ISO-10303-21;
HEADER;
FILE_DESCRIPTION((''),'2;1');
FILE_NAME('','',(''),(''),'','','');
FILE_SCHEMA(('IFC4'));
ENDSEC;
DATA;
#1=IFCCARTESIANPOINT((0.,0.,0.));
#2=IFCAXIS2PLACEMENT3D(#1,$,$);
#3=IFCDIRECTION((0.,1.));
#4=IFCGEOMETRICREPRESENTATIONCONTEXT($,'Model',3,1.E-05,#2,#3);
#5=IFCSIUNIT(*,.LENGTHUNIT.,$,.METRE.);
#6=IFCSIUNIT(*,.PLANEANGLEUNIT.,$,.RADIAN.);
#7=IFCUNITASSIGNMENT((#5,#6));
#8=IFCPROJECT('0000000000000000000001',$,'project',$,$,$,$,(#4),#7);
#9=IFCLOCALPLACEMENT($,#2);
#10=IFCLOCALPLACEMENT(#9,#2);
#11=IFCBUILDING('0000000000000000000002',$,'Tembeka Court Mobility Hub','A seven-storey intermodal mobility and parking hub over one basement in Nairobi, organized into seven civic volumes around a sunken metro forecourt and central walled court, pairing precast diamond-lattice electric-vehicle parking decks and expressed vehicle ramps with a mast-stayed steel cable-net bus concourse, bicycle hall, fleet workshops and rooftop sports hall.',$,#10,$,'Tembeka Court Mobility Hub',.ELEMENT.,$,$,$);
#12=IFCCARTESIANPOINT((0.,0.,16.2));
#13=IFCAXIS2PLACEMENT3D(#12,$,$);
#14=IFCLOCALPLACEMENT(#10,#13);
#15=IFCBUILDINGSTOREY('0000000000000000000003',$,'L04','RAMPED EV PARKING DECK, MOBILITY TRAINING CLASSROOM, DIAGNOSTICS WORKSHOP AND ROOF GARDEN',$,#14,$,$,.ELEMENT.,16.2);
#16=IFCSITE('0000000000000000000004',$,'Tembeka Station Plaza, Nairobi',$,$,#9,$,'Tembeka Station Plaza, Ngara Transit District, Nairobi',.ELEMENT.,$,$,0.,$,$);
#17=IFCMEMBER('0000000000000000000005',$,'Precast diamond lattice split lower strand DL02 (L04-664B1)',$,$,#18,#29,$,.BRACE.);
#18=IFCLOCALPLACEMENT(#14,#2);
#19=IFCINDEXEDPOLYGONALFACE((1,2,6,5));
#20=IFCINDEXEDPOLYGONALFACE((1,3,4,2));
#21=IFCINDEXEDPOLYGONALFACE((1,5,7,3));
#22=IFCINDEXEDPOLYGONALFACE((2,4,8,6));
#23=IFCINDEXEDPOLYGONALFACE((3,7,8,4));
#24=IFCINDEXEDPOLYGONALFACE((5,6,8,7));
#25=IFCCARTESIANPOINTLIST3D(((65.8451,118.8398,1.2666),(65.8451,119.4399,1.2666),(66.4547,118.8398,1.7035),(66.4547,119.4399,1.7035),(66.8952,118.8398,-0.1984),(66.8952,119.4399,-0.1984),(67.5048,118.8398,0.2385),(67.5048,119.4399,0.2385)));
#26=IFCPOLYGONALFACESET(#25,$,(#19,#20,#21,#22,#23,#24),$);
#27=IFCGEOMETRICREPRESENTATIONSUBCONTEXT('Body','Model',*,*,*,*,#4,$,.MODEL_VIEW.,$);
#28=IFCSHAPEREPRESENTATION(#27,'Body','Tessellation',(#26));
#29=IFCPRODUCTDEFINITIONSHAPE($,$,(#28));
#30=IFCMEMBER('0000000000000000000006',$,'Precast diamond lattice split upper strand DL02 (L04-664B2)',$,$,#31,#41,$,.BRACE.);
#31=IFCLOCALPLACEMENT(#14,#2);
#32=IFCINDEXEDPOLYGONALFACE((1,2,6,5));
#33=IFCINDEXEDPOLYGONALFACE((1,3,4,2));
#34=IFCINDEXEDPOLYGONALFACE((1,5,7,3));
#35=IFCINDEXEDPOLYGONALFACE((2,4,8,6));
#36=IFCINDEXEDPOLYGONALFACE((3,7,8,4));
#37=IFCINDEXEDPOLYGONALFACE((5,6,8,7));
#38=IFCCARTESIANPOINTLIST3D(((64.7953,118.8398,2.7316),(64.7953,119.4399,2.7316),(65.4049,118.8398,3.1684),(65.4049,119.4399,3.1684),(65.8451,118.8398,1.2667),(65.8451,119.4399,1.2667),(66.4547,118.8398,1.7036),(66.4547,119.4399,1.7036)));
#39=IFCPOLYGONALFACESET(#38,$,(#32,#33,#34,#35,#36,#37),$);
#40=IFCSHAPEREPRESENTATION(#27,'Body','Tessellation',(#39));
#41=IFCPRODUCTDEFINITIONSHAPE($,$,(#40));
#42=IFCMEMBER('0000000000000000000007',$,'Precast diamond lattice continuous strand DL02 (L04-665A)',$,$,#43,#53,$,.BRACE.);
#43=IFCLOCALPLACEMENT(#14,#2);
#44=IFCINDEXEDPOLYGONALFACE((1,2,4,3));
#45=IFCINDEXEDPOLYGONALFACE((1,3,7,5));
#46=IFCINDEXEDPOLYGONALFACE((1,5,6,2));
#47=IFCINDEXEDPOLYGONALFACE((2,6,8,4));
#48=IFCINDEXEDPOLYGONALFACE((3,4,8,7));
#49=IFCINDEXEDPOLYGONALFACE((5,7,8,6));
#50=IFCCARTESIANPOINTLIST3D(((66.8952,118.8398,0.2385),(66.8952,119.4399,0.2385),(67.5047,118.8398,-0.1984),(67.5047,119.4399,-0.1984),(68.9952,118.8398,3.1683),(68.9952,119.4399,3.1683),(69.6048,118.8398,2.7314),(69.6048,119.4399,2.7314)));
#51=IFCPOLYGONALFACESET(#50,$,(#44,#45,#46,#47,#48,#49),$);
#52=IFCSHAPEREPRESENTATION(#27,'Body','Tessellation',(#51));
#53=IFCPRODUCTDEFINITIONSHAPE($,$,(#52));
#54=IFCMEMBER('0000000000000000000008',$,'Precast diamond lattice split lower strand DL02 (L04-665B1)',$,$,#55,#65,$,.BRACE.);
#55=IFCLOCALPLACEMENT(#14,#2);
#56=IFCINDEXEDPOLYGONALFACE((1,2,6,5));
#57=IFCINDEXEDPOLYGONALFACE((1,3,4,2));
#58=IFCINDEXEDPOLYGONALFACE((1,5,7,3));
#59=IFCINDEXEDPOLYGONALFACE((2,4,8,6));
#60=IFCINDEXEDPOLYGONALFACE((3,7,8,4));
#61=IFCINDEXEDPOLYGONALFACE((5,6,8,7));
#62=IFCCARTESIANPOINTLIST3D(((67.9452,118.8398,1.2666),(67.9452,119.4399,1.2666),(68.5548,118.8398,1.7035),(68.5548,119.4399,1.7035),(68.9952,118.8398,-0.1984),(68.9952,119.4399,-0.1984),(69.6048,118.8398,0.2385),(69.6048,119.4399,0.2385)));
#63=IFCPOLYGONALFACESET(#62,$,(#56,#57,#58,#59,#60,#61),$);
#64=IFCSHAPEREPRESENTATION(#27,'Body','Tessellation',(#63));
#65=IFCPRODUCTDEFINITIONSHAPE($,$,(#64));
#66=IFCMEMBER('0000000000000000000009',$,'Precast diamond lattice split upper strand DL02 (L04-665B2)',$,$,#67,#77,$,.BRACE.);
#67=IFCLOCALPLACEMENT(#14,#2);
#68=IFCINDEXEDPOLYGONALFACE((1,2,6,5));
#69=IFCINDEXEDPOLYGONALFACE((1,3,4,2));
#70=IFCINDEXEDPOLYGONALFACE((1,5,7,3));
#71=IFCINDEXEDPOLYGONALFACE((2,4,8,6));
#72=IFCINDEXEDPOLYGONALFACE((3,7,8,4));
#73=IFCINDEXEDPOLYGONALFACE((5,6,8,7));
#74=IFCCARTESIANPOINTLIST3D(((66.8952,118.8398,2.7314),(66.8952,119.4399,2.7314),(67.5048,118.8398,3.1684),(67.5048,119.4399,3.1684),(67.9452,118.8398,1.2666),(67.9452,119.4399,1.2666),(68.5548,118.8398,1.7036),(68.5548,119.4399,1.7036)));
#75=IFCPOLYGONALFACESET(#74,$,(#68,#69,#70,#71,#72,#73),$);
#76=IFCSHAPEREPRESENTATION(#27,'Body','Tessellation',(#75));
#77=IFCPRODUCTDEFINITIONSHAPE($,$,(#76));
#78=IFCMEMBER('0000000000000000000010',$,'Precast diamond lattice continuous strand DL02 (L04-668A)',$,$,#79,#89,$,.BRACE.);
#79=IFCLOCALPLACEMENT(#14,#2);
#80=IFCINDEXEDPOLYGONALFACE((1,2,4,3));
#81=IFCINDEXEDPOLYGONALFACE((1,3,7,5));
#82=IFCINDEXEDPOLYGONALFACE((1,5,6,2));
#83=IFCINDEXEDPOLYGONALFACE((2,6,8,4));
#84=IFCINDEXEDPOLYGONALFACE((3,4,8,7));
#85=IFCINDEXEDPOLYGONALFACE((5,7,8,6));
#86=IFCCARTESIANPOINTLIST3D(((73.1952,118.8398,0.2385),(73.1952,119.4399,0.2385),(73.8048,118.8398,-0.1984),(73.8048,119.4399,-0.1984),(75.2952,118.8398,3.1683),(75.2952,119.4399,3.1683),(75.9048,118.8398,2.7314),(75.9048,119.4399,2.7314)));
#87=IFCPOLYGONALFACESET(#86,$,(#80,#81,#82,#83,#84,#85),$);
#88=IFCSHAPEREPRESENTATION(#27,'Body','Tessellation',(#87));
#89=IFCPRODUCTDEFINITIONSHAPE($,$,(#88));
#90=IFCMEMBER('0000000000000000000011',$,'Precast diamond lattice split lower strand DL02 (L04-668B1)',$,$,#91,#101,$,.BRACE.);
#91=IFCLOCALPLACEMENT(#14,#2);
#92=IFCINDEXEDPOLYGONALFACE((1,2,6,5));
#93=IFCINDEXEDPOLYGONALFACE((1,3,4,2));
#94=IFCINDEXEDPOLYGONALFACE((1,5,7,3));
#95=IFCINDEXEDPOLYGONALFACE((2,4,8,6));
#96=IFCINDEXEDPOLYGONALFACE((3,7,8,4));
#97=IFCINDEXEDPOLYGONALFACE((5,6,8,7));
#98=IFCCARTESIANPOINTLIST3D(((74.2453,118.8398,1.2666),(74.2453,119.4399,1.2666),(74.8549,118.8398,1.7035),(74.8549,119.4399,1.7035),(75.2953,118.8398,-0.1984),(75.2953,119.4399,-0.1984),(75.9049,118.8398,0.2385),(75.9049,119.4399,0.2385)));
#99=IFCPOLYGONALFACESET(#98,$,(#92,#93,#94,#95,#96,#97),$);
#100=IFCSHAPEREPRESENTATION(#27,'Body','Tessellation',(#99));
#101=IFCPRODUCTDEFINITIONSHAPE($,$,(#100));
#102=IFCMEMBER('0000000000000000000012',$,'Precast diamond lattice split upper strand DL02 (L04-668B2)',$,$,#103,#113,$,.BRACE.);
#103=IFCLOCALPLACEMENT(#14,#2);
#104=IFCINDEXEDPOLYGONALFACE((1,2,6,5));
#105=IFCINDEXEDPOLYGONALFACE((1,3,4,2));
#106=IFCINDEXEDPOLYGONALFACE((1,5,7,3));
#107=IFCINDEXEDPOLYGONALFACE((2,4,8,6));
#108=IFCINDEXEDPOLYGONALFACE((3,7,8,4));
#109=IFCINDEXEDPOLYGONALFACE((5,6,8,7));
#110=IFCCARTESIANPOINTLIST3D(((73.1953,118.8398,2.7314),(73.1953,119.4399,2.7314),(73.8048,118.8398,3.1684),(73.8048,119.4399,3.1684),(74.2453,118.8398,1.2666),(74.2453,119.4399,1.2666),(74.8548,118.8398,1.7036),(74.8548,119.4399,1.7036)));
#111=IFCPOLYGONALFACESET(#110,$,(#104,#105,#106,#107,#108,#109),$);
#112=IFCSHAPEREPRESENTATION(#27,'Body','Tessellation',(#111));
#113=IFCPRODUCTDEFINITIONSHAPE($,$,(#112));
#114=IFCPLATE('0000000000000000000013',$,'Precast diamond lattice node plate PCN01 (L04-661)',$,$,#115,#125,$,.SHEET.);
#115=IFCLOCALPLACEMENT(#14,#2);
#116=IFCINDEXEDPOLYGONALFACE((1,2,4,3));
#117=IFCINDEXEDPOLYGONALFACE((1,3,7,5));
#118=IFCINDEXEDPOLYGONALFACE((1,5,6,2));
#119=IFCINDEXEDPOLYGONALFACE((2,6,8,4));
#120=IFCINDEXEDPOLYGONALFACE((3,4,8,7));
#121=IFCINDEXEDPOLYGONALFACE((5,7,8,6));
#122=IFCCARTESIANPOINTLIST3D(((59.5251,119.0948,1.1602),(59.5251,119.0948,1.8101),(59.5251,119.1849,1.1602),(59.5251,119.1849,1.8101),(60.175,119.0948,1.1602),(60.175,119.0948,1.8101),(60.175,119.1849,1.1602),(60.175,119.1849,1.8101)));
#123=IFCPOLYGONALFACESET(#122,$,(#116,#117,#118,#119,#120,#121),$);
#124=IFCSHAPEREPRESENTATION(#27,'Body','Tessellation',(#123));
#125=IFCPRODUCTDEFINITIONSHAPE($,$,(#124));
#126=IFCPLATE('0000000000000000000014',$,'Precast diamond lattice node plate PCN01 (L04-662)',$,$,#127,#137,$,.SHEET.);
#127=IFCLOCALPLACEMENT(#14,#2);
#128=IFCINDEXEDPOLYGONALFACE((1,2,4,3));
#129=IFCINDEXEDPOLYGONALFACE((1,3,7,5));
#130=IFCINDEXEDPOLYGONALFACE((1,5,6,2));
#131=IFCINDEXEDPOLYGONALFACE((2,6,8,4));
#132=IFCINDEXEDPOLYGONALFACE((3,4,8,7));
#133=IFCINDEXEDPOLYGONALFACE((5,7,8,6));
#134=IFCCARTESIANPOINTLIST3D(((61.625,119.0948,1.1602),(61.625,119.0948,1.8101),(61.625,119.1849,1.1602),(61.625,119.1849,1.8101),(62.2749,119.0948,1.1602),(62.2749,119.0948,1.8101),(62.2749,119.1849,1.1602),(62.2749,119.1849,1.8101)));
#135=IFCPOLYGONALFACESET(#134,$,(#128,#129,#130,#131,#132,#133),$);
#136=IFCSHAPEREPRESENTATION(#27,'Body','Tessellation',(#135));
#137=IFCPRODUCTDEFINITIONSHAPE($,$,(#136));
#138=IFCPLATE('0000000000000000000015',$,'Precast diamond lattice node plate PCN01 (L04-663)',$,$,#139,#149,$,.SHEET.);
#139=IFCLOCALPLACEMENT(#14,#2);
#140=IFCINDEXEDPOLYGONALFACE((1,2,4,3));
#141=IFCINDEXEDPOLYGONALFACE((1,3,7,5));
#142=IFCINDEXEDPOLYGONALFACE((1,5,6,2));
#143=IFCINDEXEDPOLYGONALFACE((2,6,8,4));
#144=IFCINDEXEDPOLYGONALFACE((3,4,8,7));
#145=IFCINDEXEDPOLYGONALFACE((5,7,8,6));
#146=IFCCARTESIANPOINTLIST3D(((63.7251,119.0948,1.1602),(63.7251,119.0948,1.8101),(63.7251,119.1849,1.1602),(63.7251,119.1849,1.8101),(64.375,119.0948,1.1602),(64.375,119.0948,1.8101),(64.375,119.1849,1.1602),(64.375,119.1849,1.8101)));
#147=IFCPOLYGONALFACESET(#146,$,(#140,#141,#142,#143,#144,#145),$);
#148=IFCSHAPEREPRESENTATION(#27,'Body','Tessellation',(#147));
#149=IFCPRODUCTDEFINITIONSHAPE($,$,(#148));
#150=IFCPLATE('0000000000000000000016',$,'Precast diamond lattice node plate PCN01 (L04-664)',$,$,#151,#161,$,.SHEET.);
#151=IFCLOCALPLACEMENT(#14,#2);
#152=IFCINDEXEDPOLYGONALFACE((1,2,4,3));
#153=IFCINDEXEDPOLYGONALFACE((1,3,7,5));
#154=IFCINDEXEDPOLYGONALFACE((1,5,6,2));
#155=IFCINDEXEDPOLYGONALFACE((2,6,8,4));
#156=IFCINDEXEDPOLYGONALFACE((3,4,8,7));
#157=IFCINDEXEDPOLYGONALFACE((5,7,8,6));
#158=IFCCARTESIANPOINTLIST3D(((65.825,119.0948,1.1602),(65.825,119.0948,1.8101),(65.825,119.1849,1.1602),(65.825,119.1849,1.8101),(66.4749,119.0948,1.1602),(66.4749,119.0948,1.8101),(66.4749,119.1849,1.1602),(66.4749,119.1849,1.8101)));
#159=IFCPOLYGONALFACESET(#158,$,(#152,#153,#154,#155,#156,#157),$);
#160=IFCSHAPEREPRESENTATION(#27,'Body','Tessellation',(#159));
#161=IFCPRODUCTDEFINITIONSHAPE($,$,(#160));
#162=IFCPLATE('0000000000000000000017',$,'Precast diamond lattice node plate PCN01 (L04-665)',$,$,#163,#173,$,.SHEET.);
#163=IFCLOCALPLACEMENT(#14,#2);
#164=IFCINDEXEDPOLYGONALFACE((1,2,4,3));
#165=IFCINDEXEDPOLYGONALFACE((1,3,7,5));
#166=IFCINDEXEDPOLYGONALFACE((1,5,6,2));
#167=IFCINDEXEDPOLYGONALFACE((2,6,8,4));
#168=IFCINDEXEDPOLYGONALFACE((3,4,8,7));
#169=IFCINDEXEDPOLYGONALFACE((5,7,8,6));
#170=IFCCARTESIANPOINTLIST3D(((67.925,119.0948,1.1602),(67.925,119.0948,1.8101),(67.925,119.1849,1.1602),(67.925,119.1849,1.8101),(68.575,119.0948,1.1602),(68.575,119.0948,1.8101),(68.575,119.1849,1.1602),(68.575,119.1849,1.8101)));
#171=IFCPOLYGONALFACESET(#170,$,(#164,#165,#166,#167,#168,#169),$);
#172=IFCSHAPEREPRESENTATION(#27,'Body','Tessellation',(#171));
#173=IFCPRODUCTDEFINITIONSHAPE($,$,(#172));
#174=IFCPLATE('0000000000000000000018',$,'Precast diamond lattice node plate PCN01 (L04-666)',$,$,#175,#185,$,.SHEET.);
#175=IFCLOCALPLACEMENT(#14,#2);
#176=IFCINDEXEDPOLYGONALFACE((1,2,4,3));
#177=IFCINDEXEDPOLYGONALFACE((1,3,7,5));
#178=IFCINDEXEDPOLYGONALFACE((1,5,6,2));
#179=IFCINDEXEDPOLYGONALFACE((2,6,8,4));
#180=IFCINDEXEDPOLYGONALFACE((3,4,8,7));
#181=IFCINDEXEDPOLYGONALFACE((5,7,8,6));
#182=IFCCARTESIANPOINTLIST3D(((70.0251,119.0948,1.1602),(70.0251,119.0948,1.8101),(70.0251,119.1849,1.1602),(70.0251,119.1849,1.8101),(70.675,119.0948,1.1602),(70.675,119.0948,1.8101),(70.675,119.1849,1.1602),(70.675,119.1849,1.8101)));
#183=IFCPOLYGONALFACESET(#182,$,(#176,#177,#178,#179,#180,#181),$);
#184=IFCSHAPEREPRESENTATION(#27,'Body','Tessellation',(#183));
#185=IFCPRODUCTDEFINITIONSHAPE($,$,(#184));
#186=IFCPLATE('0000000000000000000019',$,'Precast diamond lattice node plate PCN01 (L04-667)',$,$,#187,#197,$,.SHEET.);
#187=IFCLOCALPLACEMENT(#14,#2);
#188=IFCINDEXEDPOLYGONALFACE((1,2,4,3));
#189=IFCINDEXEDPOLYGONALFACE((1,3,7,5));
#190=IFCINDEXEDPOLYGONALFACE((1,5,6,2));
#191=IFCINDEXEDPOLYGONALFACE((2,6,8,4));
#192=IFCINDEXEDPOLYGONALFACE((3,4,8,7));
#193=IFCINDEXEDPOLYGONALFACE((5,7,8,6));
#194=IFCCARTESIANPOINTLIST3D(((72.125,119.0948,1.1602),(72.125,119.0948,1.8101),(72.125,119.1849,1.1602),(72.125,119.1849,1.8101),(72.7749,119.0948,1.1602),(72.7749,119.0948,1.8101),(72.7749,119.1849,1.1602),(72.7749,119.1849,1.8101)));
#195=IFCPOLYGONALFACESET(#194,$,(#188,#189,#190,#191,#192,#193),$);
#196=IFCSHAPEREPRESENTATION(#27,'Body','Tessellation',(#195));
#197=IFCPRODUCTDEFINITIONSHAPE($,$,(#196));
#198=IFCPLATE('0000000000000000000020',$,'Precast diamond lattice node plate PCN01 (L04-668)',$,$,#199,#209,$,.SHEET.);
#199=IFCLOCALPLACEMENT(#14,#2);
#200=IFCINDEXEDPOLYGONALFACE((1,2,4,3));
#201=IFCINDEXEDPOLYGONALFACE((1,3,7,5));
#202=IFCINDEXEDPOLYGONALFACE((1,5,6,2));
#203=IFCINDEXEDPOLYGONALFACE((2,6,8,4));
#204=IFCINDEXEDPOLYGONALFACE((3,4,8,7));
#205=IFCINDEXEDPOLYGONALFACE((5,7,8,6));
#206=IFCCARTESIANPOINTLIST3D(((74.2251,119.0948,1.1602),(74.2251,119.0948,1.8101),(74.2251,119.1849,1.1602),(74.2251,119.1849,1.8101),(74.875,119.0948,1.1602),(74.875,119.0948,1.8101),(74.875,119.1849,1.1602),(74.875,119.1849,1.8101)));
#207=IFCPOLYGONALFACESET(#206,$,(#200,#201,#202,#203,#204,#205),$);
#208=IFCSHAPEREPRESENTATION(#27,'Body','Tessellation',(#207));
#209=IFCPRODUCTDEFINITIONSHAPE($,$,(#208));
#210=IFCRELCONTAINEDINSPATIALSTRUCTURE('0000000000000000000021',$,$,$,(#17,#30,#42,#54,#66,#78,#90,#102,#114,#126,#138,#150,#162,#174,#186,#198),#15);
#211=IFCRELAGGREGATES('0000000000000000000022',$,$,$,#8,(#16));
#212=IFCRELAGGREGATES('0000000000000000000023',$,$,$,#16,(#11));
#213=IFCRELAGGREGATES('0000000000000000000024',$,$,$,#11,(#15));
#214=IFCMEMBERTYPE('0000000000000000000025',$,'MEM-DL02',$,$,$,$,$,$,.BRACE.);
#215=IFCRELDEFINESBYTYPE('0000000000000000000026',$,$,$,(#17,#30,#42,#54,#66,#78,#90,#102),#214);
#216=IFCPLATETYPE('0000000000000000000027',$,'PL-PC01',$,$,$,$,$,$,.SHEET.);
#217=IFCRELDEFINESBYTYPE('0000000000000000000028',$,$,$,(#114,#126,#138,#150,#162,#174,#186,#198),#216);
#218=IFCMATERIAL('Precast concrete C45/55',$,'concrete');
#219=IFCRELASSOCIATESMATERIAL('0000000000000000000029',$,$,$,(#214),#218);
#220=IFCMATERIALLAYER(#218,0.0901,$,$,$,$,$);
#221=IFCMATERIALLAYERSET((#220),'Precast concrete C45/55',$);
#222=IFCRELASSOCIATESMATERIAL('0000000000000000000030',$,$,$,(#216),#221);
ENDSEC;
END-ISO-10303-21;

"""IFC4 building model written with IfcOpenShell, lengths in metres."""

from ifc_helpers import new_model, si_unit, direction, frame, origin, origin_2d, place, context, subcontext, project, spatial, rectangle, extrude, material, layer, layer_set, material_profile, profile_set, type_object, element, save


model = new_model("IFC4")

# Units and contexts
model_context = context("Model", 3, precision=1e-05, world=origin(), true_north=direction((0.0, 1.0)))
body_context = subcontext(model_context, "Body", "Model", "MODEL_VIEW")
ifc_project = project(units=[si_unit("LENGTHUNIT", "METRE"), si_unit("PLANEANGLEUNIT", "RADIAN")], contexts=[model_context])

# Site, building, storey
site_placement = place(None, origin())
site = spatial("IfcSite", under=ifc_project, at=site_placement, Name="Tembeka Station Plaza, Nairobi", LongName="Tembeka Station Plaza, Ngara Transit District, Nairobi", CompositionType="ELEMENT", RefElevation=0.0)
building_placement = place(site_placement, origin())
building = spatial("IfcBuilding", under=site, at=building_placement, Name="Tembeka Court Mobility Hub", Description="A seven-storey intermodal mobility and parking hub over one basement in Nairobi, organized into seven civic volumes around a sunken metro forecourt and central walled court, pairing precast diamond-lattice electric-vehicle parking decks and expressed vehicle ramps with a mast-stayed steel cable-net bus concourse, bicycle hall, fleet workshops and rooftop sports hall.", LongName="Tembeka Court Mobility Hub", CompositionType="ELEMENT")
storey_placement = place(building_placement, frame((0.0, 0.0, 16.2)))
storey = spatial("IfcBuildingStorey", under=building, at=storey_placement, Name="L04", Description="RAMPED EV PARKING DECK, MOBILITY TRAINING CLASSROOM, DIAGNOSTICS WORKSHOP AND ROOF GARDEN", CompositionType="ELEMENT", Elevation=16.2)

# Members
ifc_material = material(Name="Precast concrete C45/55", Category="concrete")
ifc_material_profile_1 = material_profile(ifc_material, rectangle(XDim=0.6001, YDim=0.75, at=origin_2d()), Name="PC-DIAG 600x750")
ifc_profile_set_1 = profile_set([ifc_material_profile_1], Name="Precast concrete C45/55")
member_type_1 = type_object("IfcMemberType", Name="MEM-DL02", PredefinedType="BRACE", material=ifc_profile_set_1)
member_1_placement = place(storey_placement, frame((67.2, 119.1399, 0.02), z_axis=(-0.582544, 0.0, 0.812799), x_axis=(0.0, -1.0, 0.0)))
element("IfcMember", 1, at=member_1_placement, inside=storey, type_object=member_type_1, Name="Precast diamond lattice split lower strand DL02 (L04-664B1)", PredefinedType="BRACE", context=body_context, shape_type="SweptSolid", body=[
    extrude(rectangle(XDim=0.6001, YDim=0.75, at=origin_2d()), origin(), (0.0, 0.0, 1.0), 1.8025),
])
member_2_placement = place(storey_placement, frame((66.1499, 119.1399, 1.4851), z_axis=(-0.582519, 0.0, 0.812817), x_axis=(0.0, -1.0, 0.0)))
element("IfcMember", 2, at=member_2_placement, inside=storey, type_object=member_type_1, Name="Precast diamond lattice split upper strand DL02 (L04-664B2)", PredefinedType="BRACE", context=body_context, shape_type="SweptSolid", body=[
    extrude(rectangle(XDim=0.6001, YDim=0.75, at=origin_2d()), origin(), (0.0, 0.0, 1.0), 1.8022),
])
member_3_placement = place(storey_placement, frame((67.2, 119.1399, 0.02), z_axis=(0.582576, 0.0, 0.812776), x_axis=(0.0, 1.0, 0.0)))
element("IfcMember", 3, at=member_3_placement, inside=storey, type_object=member_type_1, Name="Precast diamond lattice continuous strand DL02 (L04-665A)", PredefinedType="BRACE", context=body_context, shape_type="SweptSolid", body=[
    extrude(rectangle(XDim=0.6001, YDim=0.75, at=origin_2d()), origin(), (0.0, 0.0, 1.0), 3.6047),
])
member_4_placement = place(storey_placement, frame((69.3, 119.1399, 0.02), z_axis=(-0.582544, 0.0, 0.812799), x_axis=(0.0, -1.0, 0.0)))
element("IfcMember", 4, at=member_4_placement, inside=storey, type_object=member_type_1, Name="Precast diamond lattice split lower strand DL02 (L04-665B1)", PredefinedType="BRACE", context=body_context, shape_type="SweptSolid", body=[
    extrude(rectangle(XDim=0.6001, YDim=0.75, at=origin_2d()), origin(), (0.0, 0.0, 1.0), 1.8025),
])
member_5_placement = place(storey_placement, frame((68.25, 119.1399, 1.4851), z_axis=(-0.582608, 0.0, 0.812753), x_axis=(0.0, -1.0, 0.0)))
element("IfcMember", 5, at=member_5_placement, inside=storey, type_object=member_type_1, Name="Precast diamond lattice split upper strand DL02 (L04-665B2)", PredefinedType="BRACE", context=body_context, shape_type="SweptSolid", body=[
    extrude(rectangle(XDim=0.6001, YDim=0.75, at=origin_2d()), origin(), (0.0, 0.0, 1.0), 1.8022),
])
member_6_placement = place(storey_placement, frame((73.5, 119.1399, 0.02), z_axis=(0.582576, 0.0, 0.812776), x_axis=(0.0, 1.0, 0.0)))
element("IfcMember", 6, at=member_6_placement, inside=storey, type_object=member_type_1, Name="Precast diamond lattice continuous strand DL02 (L04-668A)", PredefinedType="BRACE", context=body_context, shape_type="SweptSolid", body=[
    extrude(rectangle(XDim=0.6001, YDim=0.75, at=origin_2d()), origin(), (0.0, 0.0, 1.0), 3.6047),
])
member_7_placement = place(storey_placement, frame((75.6001, 119.1399, 0.02), z_axis=(-0.582544, 0.0, 0.812799), x_axis=(0.0, -1.0, 0.0)))
element("IfcMember", 7, at=member_7_placement, inside=storey, type_object=member_type_1, Name="Precast diamond lattice split lower strand DL02 (L04-668B1)", PredefinedType="BRACE", context=body_context, shape_type="SweptSolid", body=[
    extrude(rectangle(XDim=0.6001, YDim=0.75, at=origin_2d()), origin(), (0.0, 0.0, 1.0), 1.8025),
])
member_8_placement = place(storey_placement, frame((74.55, 119.1399, 1.4851), z_axis=(-0.582608, 0.0, 0.812753), x_axis=(0.0, -1.0, 0.0)))
element("IfcMember", 8, at=member_8_placement, inside=storey, type_object=member_type_1, Name="Precast diamond lattice split upper strand DL02 (L04-668B2)", PredefinedType="BRACE", context=body_context, shape_type="SweptSolid", body=[
    extrude(rectangle(XDim=0.6001, YDim=0.75, at=origin_2d()), origin(), (0.0, 0.0, 1.0), 1.8022),
])

# Plates
ifc_layer = layer(ifc_material, 0.0901)
ifc_layer_set = layer_set([ifc_layer], Name="Precast concrete C45/55")
plate_type = type_object("IfcPlateType", Name="PL-PC01", PredefinedType="SHEET", material=ifc_layer_set)
for number, where, z_axis, x_axis, name in (
    (9, (59.8501, 119.1399, 1.1602), (0.0, 0.0, 1.0), (1.0, 0.0, 0.0), "Precast diamond lattice node plate PCN01 (L04-661)"),
    (10, (61.95, 119.1399, 1.1602), (0.0, 0.0, 1.0), (1.0, 0.0, 0.0), "Precast diamond lattice node plate PCN01 (L04-662)"),
    (11, (64.05, 119.1399, 1.1602), (0.0, 0.0, 1.0), (1.0, 0.0, 0.0), "Precast diamond lattice node plate PCN01 (L04-663)"),
    (12, (66.1499, 119.1399, 1.1602), (0.0, 0.0, 1.0), (1.0, 0.0, 0.0), "Precast diamond lattice node plate PCN01 (L04-664)"),
    (13, (68.25, 119.1399, 1.1602), (0.0, 0.0, 1.0), (1.0, 0.0, 0.0), "Precast diamond lattice node plate PCN01 (L04-665)"),
    (14, (70.3501, 119.1399, 1.1602), (0.0, 0.0, 1.0), (1.0, 0.0, 0.0), "Precast diamond lattice node plate PCN01 (L04-666)"),
    (15, (72.45, 119.1399, 1.1602), (0.0, 0.0, 1.0), (1.0, 0.0, 0.0), "Precast diamond lattice node plate PCN01 (L04-667)"),
    (16, (74.55, 119.1399, 1.1602), (0.0, 0.0, 1.0), (1.0, 0.0, 0.0), "Precast diamond lattice node plate PCN01 (L04-668)"),
):
    element("IfcPlate", number, at=place(storey_placement, frame(where, z_axis=z_axis, x_axis=x_axis)), inside=storey, type_object=plate_type, Name=name, PredefinedType="SHEET", context=body_context, shape_type="SweptSolid", body=[
        extrude(rectangle(XDim=0.6499, YDim=0.0901, at=origin_2d()), origin(), (0.0, 0.0, 1.0), 0.6499),
    ])

save(model, "model.ifc")
